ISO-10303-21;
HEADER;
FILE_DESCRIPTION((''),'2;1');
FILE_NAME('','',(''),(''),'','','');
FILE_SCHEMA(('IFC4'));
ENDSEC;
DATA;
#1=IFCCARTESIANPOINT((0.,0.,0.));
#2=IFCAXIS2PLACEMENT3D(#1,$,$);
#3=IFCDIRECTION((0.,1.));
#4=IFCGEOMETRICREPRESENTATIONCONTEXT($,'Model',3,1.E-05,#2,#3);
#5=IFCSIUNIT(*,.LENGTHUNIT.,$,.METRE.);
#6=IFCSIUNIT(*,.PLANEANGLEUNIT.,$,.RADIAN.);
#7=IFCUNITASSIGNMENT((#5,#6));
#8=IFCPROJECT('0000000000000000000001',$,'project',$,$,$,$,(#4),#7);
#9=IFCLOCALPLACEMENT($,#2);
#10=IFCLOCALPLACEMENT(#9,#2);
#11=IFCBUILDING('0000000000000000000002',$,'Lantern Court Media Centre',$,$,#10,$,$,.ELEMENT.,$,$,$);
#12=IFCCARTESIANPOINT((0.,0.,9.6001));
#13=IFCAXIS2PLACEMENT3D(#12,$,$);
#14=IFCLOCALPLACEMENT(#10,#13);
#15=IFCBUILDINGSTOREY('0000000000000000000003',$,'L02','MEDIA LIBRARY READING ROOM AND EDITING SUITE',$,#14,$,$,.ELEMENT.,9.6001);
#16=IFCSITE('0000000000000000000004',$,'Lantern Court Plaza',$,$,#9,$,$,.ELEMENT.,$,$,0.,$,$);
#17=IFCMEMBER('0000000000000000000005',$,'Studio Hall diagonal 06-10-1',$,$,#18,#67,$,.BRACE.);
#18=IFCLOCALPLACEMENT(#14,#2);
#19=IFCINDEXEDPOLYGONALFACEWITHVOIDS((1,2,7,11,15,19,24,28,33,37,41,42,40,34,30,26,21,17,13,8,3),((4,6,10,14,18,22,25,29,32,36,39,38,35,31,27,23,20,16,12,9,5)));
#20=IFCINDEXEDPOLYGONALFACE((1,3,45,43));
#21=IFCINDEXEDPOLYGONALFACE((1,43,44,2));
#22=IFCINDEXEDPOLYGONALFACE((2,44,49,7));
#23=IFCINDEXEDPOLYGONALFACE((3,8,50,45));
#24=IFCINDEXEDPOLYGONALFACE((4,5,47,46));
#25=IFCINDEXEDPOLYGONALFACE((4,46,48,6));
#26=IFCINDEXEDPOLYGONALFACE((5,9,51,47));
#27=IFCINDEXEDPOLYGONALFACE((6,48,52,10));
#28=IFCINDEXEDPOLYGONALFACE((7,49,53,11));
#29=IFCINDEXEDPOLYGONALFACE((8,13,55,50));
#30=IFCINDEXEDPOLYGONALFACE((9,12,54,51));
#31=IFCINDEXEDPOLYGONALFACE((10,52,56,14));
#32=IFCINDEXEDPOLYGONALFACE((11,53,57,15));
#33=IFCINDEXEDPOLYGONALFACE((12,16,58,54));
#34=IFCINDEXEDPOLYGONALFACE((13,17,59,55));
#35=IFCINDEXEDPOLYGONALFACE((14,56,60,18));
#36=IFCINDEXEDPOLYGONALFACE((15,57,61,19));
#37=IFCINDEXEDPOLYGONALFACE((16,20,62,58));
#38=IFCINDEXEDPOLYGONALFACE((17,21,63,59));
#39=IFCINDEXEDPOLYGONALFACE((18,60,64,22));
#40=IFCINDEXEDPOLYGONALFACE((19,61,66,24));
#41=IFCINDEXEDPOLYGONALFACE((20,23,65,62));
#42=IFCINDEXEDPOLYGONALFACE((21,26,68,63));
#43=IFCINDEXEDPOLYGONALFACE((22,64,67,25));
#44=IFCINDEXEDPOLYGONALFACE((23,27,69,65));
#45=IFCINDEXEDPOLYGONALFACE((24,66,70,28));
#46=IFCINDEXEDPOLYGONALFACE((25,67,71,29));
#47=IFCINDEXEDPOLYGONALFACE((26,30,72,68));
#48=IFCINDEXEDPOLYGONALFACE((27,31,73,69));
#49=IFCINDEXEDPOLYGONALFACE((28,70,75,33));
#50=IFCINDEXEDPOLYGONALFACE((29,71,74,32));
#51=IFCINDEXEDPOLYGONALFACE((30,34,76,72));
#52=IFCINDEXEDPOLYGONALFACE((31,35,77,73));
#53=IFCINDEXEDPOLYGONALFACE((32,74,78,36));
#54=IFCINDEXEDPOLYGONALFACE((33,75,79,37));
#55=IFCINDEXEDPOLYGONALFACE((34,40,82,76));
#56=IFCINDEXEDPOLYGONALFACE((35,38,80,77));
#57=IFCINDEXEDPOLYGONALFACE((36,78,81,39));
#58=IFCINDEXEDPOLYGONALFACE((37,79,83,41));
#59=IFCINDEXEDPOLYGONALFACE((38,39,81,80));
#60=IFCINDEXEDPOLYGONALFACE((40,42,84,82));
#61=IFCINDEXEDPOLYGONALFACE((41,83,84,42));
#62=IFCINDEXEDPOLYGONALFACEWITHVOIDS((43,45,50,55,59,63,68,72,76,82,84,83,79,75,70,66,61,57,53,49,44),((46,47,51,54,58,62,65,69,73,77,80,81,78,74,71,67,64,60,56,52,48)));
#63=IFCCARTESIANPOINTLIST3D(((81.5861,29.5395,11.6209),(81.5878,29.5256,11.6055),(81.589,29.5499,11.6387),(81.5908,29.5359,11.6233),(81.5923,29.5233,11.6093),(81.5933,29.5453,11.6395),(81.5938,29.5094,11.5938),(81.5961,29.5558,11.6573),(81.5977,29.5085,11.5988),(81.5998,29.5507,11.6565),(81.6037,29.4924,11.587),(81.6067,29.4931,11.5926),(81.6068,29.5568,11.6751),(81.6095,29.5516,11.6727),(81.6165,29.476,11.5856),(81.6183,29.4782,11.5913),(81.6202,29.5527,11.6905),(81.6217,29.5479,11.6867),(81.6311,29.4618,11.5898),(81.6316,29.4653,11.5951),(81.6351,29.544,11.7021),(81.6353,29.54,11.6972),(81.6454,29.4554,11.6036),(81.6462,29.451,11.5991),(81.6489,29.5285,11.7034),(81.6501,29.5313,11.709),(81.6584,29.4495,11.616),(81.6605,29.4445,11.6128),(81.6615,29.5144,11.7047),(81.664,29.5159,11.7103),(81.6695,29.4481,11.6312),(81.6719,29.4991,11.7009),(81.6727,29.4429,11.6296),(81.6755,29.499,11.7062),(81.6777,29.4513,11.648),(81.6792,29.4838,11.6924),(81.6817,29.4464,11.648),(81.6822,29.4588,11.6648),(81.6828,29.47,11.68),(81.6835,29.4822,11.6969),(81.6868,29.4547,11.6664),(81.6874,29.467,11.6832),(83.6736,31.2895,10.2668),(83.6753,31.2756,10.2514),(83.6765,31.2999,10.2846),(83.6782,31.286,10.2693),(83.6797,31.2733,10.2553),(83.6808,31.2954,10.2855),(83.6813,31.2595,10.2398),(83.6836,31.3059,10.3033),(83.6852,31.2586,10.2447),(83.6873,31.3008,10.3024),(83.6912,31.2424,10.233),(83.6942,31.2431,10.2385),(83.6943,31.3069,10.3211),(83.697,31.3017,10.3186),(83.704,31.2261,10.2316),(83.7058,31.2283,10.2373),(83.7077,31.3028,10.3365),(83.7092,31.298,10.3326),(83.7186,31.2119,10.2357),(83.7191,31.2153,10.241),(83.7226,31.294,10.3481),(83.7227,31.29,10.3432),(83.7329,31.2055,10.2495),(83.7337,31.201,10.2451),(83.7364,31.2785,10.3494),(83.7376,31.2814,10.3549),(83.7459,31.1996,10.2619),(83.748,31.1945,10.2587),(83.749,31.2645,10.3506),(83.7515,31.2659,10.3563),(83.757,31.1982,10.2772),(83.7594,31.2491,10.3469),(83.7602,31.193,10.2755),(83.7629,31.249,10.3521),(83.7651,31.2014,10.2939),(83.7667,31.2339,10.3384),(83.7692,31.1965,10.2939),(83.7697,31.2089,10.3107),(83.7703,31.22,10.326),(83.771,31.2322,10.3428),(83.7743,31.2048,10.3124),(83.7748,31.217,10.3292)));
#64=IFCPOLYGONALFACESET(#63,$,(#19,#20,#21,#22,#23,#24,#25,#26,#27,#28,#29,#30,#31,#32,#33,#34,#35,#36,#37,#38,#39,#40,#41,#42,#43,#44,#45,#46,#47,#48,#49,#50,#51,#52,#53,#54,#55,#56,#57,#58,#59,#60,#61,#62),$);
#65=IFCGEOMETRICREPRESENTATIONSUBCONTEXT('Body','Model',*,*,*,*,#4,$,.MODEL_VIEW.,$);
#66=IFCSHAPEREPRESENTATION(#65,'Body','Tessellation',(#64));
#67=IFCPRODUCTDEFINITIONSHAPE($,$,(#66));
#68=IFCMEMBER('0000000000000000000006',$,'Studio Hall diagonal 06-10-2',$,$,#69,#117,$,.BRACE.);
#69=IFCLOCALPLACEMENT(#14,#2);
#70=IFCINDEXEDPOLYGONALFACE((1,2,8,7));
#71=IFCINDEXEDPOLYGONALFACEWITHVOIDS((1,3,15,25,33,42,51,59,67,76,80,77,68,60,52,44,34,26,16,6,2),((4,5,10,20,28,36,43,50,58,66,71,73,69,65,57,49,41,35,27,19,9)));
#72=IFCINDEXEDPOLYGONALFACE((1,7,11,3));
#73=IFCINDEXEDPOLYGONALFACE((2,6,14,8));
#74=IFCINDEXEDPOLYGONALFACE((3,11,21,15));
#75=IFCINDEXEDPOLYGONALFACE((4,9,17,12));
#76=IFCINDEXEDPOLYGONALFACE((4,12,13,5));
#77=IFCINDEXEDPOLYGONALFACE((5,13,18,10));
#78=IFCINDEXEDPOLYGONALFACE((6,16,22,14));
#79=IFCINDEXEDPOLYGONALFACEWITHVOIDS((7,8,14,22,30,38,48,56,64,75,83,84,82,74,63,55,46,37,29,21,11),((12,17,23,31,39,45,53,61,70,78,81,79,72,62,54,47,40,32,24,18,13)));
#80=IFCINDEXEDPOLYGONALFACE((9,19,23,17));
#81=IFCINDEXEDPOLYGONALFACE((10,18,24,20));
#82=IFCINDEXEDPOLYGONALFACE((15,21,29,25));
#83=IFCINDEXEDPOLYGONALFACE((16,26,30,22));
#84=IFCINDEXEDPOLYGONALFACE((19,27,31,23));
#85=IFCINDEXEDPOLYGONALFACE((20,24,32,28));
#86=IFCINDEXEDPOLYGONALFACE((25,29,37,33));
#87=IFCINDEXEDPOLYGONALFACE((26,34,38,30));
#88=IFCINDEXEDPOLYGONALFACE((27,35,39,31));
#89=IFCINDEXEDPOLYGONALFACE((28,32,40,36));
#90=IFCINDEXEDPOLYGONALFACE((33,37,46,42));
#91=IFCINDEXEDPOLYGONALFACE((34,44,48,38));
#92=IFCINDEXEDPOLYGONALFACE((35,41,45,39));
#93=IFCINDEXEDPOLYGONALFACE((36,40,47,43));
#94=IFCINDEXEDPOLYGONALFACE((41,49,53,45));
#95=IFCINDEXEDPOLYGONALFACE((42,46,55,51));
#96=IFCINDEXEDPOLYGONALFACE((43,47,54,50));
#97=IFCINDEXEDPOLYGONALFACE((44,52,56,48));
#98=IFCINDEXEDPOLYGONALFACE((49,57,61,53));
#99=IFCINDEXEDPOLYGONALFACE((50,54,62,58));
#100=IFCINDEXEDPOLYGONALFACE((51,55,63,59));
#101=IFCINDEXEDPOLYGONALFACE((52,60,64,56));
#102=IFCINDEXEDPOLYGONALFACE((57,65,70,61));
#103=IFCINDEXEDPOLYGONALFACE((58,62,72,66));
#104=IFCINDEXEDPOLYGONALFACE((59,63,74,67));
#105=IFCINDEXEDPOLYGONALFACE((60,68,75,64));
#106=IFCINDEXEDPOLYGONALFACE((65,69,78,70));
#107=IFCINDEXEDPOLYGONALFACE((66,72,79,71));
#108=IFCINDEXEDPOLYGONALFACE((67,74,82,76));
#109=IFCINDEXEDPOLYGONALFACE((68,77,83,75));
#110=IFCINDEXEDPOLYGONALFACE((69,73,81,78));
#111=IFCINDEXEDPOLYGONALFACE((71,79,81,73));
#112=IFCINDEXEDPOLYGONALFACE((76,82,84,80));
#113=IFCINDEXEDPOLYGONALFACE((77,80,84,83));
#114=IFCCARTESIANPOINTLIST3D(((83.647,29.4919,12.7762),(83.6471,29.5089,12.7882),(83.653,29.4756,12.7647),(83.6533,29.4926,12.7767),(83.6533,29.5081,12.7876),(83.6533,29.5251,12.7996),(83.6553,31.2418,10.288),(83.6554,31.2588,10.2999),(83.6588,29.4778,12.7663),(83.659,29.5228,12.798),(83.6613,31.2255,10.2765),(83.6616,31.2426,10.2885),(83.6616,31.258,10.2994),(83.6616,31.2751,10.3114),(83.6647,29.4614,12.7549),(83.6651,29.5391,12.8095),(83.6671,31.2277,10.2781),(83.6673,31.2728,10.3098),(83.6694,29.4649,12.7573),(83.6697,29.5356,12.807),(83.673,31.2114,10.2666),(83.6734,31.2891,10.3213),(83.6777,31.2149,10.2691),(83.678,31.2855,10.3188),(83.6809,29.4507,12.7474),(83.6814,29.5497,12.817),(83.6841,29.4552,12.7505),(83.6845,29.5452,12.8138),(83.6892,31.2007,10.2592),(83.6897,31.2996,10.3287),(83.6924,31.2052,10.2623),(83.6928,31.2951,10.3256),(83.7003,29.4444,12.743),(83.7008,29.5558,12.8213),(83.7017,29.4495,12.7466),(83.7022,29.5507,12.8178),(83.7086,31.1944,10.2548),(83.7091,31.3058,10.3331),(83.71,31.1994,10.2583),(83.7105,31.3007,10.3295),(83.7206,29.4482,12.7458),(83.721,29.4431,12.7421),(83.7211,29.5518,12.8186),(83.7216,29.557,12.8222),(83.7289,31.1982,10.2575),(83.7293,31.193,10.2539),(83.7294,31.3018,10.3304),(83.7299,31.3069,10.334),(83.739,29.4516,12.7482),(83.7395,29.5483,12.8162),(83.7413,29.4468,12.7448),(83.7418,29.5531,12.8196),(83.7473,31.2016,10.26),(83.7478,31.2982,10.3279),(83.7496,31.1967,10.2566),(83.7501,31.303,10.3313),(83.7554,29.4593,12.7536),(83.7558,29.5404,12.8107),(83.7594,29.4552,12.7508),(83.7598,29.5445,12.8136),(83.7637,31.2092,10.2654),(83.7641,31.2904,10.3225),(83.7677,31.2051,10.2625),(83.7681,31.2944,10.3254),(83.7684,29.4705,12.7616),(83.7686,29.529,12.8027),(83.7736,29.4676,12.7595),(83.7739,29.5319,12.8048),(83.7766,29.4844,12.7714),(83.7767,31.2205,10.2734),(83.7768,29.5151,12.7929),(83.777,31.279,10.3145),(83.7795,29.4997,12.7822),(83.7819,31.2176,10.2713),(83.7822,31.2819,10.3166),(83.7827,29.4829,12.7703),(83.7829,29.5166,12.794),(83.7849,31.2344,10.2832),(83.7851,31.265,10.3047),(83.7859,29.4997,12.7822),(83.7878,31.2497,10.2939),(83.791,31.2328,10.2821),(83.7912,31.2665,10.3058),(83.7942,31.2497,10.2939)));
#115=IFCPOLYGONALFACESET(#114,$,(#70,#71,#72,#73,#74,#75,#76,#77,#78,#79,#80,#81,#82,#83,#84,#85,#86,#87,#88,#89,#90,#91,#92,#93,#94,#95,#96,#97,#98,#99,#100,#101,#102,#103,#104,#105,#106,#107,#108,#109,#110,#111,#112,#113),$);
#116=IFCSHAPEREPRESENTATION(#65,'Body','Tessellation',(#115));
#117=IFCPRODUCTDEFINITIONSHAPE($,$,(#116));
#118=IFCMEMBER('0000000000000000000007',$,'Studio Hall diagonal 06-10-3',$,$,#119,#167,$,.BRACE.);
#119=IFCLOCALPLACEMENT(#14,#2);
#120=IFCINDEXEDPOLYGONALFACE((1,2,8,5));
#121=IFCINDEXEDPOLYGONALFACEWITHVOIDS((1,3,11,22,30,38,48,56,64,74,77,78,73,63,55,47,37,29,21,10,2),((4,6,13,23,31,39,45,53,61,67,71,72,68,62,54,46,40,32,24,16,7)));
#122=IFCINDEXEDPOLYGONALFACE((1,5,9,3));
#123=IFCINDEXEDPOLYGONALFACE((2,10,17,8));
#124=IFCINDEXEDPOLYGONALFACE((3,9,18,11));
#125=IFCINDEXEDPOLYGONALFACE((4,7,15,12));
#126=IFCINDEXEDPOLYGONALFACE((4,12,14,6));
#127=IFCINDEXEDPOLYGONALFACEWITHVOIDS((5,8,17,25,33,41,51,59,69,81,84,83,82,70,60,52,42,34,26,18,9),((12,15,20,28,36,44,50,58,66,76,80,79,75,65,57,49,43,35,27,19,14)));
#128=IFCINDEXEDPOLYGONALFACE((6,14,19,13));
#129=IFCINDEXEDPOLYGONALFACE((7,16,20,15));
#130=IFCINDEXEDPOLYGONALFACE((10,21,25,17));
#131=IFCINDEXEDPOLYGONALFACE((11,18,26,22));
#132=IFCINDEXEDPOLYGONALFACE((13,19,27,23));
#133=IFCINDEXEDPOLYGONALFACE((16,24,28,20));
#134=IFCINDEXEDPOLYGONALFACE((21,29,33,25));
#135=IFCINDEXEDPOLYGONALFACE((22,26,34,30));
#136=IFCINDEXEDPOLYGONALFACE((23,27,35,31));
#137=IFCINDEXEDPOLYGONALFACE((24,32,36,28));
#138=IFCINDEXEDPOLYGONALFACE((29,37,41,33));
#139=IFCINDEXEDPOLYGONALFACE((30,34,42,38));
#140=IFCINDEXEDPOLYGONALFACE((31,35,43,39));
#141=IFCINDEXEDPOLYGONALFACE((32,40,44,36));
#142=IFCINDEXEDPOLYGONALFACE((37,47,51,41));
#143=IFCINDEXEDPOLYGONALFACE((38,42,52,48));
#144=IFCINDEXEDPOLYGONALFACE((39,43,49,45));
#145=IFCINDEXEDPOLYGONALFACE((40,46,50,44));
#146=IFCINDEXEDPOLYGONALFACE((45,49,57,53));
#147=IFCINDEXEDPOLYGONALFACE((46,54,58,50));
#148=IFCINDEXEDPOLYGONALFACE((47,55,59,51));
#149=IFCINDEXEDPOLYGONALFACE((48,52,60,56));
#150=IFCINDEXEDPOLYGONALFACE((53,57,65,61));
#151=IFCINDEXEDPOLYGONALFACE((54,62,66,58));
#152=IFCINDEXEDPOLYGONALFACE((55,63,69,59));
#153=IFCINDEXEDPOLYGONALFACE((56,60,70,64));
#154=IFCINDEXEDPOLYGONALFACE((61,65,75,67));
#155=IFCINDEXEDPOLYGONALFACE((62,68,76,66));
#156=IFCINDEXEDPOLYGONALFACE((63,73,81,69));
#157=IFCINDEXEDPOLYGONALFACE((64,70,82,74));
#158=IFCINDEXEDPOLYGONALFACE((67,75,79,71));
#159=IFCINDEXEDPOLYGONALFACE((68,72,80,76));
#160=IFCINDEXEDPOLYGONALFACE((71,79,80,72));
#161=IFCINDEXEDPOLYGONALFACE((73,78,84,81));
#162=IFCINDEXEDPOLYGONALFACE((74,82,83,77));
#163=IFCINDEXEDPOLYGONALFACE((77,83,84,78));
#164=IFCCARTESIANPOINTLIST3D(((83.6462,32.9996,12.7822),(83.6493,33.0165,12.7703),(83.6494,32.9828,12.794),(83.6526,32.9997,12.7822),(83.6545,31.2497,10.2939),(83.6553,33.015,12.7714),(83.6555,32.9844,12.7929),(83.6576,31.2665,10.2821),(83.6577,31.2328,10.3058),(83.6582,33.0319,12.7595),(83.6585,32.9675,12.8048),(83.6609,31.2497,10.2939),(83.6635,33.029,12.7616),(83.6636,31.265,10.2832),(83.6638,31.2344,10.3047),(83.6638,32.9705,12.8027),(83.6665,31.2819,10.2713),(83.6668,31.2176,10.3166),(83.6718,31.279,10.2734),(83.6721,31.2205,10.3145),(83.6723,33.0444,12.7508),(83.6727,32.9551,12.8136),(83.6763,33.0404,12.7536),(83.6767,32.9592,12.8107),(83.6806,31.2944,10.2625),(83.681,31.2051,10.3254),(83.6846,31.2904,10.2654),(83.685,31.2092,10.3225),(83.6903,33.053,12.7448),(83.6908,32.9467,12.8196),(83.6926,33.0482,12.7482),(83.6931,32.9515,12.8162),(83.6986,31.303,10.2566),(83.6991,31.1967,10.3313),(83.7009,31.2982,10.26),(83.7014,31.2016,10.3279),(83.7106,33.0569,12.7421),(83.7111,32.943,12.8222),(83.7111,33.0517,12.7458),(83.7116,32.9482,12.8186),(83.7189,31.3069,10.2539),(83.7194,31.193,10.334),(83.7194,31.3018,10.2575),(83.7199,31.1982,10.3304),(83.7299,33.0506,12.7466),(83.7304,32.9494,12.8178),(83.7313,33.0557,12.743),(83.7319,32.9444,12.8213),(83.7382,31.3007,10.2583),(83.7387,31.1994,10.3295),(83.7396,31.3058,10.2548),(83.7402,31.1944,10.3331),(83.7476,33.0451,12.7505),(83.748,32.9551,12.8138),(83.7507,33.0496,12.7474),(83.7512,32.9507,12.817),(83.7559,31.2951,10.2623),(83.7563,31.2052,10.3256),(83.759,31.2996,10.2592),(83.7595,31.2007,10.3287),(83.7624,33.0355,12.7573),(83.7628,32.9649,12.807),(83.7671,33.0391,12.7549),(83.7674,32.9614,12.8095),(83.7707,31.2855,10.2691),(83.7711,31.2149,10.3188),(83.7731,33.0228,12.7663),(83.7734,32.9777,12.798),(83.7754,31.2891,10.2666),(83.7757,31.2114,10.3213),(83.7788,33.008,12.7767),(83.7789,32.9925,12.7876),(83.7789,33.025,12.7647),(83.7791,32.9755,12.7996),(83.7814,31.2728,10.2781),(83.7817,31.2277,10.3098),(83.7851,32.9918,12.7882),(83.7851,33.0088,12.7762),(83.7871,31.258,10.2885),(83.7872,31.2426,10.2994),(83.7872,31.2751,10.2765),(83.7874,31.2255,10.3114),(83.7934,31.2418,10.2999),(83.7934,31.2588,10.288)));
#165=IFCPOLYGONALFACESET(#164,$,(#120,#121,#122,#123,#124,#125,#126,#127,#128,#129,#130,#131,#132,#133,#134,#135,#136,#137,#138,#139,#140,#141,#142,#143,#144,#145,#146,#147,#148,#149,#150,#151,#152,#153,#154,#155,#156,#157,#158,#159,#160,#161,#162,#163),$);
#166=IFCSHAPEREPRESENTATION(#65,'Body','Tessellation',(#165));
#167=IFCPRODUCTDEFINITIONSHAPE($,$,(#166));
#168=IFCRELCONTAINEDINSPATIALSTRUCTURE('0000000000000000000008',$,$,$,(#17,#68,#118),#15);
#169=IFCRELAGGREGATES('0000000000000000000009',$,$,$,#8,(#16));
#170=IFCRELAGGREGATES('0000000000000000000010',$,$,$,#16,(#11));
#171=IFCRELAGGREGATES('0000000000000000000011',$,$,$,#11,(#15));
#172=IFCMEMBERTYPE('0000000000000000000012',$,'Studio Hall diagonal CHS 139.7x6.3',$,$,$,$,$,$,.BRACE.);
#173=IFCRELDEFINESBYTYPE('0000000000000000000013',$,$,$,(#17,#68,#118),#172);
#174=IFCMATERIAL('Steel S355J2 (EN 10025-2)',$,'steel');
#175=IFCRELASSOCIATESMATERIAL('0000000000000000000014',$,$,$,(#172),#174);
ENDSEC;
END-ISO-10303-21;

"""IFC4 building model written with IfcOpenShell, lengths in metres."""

from ifc_helpers import new_model, si_unit, direction, frame, origin, origin_2d, place, context, subcontext, project, spatial, hollow_circle, extrude, material, material_profile, profile_set, type_object, element, save


model = new_model("IFC4")

# Units and contexts
model_context = context("Model", 3, precision=1e-05, world=origin(), true_north=direction((0.0, 1.0)))
body_context = subcontext(model_context, "Body", "Model", "MODEL_VIEW")
ifc_project = project(units=[si_unit("LENGTHUNIT", "METRE"), si_unit("PLANEANGLEUNIT", "RADIAN")], contexts=[model_context])

# Site, building, storey
site_placement = place(None, origin())
site = spatial("IfcSite", under=ifc_project, at=site_placement, Name="Lantern Court Plaza", CompositionType="ELEMENT", RefElevation=0.0)
building_placement = place(site_placement, origin())
building = spatial("IfcBuilding", under=site, at=building_placement, Name="Lantern Court Media Centre", CompositionType="ELEMENT")
storey_placement = place(building_placement, frame((0.0, 0.0, 9.6001)))
storey = spatial("IfcBuildingStorey", under=building, at=storey_placement, Name="L02", Description="MEDIA LIBRARY READING ROOM AND EDITING SUITE", CompositionType="ELEMENT", Elevation=9.6001)

# Members
ifc_material = material(Name="Steel S355J2 (EN 10025-2)", Category="steel")
ifc_material_profile_1 = material_profile(ifc_material, hollow_circle(Radius=0.0698, WallThickness=0.0063, at=origin_2d()), Name="Studio Hall diagonal CHS 139.7x6.3")
ifc_profile_set_1 = profile_set([ifc_material_profile_1], Name="Steel S355J2 (EN 10025-2)")
member_type_1 = type_object("IfcMemberType", Name="Studio Hall diagonal CHS 139.7x6.3", PredefinedType="BRACE", material=ifc_profile_set_1)
for number, where, z_axis, x_axis, name in (
    (1, (83.7244, 31.25, 10.2939), (-0.68622, -0.575301, 0.44512), (0.642456, -0.766322, 0.0), "Studio Hall diagonal 06-10-1"),
    (2, (83.7244, 31.25, 10.2939), (-0.002729, -0.575269, 0.81796), (0.999989, -0.004743, 0.0), "Studio Hall diagonal 06-10-2"),
    (3, (83.7244, 31.25, 10.2939), (-0.002729, 0.575269, 0.81796), (-0.999989, -0.004743, 0.0), "Studio Hall diagonal 06-10-3"),
):
    element("IfcMember", number, at=place(storey_placement, frame(where, z_axis=z_axis, x_axis=x_axis)), inside=storey, type_object=member_type_1, Name=name, PredefinedType="BRACE", context=body_context, shape_type="SweptSolid", body=[
        extrude(hollow_circle(Radius=0.0698, WallThickness=0.0063, at=origin_2d()), origin(), (0.0, 0.0, 1.0), 3.042),
    ])

save(model, "model.ifc")
